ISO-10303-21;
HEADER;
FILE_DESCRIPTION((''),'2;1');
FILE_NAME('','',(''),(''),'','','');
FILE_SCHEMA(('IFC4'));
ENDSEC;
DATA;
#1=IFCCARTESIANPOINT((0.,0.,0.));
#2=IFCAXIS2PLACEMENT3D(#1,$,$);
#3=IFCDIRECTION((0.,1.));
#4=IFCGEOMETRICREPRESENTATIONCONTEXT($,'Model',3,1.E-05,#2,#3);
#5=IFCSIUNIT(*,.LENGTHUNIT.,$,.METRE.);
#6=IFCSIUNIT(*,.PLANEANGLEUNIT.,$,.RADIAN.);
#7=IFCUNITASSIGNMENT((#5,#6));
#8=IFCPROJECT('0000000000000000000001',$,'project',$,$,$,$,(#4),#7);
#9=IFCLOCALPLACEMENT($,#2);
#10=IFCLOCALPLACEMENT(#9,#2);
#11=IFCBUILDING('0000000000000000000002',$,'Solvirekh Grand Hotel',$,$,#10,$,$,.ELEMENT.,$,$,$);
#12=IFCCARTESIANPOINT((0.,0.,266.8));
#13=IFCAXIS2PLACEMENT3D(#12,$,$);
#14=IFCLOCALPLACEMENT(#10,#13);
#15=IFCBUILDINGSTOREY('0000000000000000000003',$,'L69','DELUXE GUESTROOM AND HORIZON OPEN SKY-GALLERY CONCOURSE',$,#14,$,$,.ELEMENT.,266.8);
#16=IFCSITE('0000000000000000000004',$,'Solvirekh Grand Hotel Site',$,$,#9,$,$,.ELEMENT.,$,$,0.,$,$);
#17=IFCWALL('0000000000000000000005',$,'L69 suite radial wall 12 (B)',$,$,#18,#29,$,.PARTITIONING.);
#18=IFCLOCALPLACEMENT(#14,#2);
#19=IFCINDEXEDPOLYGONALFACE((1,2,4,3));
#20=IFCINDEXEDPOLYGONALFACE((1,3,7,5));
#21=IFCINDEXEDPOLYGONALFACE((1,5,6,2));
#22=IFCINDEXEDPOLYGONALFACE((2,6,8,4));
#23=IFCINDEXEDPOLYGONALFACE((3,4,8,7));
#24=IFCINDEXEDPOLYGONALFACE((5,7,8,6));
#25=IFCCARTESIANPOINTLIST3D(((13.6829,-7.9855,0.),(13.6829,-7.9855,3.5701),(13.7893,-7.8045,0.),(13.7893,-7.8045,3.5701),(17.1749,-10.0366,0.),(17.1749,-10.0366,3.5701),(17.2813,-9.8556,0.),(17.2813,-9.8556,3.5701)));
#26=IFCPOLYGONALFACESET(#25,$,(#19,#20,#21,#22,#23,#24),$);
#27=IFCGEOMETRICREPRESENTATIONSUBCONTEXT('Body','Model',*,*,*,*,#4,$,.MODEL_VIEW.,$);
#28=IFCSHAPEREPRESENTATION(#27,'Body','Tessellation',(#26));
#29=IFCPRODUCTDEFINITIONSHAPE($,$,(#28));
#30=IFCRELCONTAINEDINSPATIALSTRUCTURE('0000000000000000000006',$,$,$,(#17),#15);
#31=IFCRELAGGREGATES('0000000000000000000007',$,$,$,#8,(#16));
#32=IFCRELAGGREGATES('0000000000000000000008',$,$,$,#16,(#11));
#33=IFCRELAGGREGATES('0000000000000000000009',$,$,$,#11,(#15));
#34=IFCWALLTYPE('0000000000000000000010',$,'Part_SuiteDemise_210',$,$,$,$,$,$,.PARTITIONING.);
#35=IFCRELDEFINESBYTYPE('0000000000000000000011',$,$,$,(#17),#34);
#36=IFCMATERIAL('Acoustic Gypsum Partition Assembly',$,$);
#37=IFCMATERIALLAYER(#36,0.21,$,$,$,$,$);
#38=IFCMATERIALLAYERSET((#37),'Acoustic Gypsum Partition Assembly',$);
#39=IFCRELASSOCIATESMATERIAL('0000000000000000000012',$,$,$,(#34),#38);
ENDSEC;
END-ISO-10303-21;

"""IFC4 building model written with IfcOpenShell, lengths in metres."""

from ifc_helpers import new_model, si_unit, direction, frame, frame_2d, origin, place, context, subcontext, project, spatial, rectangle, extrude, material, layer, layer_set, type_object, element, save


model = new_model("IFC4")

# Units and contexts
model_context = context("Model", 3, precision=1e-05, world=origin(), true_north=direction((0.0, 1.0)))
body_context = subcontext(model_context, "Body", "Model", "MODEL_VIEW")
ifc_project = project(units=[si_unit("LENGTHUNIT", "METRE"), si_unit("PLANEANGLEUNIT", "RADIAN")], contexts=[model_context])

# Site, building, storey
site_placement = place(None, origin())
site = spatial("IfcSite", under=ifc_project, at=site_placement, Name="Solvirekh Grand Hotel Site", CompositionType="ELEMENT", RefElevation=0.0)
building_placement = place(site_placement, origin())
building = spatial("IfcBuilding", under=site, at=building_placement, Name="Solvirekh Grand Hotel", CompositionType="ELEMENT")
storey_placement = place(building_placement, frame((0.0, 0.0, 266.8)))
storey = spatial("IfcBuildingStorey", under=building, at=storey_placement, Name="L69", Description="DELUXE GUESTROOM AND HORIZON OPEN SKY-GALLERY CONCOURSE", CompositionType="ELEMENT", Elevation=266.8)

# Wall
ifc_material_1 = material(Name="Acoustic Gypsum Partition Assembly")
ifc_layer_1 = layer(ifc_material_1, 0.21)
ifc_layer_set_1 = layer_set([ifc_layer_1], Name="Acoustic Gypsum Partition Assembly")
wall_type_1 = type_object("IfcWallType", Name="Part_SuiteDemise_210", PredefinedType="PARTITIONING", material=ifc_layer_set_1)
wall_1_placement = place(storey_placement, frame((13.7361, -7.895, 0.0), z_axis=(0.0, 0.0, 1.0), x_axis=(0.862264, -0.506459, 0.0)))
element("IfcWall", 1, at=wall_1_placement, inside=storey, type_object=wall_type_1, Name="L69 suite radial wall 12 (B)", PredefinedType="PARTITIONING", context=body_context, shape_type="SweptSolid", body=[
    extrude(rectangle(XDim=4.0498, YDim=0.21, at=frame_2d((2.0249, 0.0))), origin(), (0.0, 0.0, 1.0), 3.5701),
])

save(model, "model.ifc")
